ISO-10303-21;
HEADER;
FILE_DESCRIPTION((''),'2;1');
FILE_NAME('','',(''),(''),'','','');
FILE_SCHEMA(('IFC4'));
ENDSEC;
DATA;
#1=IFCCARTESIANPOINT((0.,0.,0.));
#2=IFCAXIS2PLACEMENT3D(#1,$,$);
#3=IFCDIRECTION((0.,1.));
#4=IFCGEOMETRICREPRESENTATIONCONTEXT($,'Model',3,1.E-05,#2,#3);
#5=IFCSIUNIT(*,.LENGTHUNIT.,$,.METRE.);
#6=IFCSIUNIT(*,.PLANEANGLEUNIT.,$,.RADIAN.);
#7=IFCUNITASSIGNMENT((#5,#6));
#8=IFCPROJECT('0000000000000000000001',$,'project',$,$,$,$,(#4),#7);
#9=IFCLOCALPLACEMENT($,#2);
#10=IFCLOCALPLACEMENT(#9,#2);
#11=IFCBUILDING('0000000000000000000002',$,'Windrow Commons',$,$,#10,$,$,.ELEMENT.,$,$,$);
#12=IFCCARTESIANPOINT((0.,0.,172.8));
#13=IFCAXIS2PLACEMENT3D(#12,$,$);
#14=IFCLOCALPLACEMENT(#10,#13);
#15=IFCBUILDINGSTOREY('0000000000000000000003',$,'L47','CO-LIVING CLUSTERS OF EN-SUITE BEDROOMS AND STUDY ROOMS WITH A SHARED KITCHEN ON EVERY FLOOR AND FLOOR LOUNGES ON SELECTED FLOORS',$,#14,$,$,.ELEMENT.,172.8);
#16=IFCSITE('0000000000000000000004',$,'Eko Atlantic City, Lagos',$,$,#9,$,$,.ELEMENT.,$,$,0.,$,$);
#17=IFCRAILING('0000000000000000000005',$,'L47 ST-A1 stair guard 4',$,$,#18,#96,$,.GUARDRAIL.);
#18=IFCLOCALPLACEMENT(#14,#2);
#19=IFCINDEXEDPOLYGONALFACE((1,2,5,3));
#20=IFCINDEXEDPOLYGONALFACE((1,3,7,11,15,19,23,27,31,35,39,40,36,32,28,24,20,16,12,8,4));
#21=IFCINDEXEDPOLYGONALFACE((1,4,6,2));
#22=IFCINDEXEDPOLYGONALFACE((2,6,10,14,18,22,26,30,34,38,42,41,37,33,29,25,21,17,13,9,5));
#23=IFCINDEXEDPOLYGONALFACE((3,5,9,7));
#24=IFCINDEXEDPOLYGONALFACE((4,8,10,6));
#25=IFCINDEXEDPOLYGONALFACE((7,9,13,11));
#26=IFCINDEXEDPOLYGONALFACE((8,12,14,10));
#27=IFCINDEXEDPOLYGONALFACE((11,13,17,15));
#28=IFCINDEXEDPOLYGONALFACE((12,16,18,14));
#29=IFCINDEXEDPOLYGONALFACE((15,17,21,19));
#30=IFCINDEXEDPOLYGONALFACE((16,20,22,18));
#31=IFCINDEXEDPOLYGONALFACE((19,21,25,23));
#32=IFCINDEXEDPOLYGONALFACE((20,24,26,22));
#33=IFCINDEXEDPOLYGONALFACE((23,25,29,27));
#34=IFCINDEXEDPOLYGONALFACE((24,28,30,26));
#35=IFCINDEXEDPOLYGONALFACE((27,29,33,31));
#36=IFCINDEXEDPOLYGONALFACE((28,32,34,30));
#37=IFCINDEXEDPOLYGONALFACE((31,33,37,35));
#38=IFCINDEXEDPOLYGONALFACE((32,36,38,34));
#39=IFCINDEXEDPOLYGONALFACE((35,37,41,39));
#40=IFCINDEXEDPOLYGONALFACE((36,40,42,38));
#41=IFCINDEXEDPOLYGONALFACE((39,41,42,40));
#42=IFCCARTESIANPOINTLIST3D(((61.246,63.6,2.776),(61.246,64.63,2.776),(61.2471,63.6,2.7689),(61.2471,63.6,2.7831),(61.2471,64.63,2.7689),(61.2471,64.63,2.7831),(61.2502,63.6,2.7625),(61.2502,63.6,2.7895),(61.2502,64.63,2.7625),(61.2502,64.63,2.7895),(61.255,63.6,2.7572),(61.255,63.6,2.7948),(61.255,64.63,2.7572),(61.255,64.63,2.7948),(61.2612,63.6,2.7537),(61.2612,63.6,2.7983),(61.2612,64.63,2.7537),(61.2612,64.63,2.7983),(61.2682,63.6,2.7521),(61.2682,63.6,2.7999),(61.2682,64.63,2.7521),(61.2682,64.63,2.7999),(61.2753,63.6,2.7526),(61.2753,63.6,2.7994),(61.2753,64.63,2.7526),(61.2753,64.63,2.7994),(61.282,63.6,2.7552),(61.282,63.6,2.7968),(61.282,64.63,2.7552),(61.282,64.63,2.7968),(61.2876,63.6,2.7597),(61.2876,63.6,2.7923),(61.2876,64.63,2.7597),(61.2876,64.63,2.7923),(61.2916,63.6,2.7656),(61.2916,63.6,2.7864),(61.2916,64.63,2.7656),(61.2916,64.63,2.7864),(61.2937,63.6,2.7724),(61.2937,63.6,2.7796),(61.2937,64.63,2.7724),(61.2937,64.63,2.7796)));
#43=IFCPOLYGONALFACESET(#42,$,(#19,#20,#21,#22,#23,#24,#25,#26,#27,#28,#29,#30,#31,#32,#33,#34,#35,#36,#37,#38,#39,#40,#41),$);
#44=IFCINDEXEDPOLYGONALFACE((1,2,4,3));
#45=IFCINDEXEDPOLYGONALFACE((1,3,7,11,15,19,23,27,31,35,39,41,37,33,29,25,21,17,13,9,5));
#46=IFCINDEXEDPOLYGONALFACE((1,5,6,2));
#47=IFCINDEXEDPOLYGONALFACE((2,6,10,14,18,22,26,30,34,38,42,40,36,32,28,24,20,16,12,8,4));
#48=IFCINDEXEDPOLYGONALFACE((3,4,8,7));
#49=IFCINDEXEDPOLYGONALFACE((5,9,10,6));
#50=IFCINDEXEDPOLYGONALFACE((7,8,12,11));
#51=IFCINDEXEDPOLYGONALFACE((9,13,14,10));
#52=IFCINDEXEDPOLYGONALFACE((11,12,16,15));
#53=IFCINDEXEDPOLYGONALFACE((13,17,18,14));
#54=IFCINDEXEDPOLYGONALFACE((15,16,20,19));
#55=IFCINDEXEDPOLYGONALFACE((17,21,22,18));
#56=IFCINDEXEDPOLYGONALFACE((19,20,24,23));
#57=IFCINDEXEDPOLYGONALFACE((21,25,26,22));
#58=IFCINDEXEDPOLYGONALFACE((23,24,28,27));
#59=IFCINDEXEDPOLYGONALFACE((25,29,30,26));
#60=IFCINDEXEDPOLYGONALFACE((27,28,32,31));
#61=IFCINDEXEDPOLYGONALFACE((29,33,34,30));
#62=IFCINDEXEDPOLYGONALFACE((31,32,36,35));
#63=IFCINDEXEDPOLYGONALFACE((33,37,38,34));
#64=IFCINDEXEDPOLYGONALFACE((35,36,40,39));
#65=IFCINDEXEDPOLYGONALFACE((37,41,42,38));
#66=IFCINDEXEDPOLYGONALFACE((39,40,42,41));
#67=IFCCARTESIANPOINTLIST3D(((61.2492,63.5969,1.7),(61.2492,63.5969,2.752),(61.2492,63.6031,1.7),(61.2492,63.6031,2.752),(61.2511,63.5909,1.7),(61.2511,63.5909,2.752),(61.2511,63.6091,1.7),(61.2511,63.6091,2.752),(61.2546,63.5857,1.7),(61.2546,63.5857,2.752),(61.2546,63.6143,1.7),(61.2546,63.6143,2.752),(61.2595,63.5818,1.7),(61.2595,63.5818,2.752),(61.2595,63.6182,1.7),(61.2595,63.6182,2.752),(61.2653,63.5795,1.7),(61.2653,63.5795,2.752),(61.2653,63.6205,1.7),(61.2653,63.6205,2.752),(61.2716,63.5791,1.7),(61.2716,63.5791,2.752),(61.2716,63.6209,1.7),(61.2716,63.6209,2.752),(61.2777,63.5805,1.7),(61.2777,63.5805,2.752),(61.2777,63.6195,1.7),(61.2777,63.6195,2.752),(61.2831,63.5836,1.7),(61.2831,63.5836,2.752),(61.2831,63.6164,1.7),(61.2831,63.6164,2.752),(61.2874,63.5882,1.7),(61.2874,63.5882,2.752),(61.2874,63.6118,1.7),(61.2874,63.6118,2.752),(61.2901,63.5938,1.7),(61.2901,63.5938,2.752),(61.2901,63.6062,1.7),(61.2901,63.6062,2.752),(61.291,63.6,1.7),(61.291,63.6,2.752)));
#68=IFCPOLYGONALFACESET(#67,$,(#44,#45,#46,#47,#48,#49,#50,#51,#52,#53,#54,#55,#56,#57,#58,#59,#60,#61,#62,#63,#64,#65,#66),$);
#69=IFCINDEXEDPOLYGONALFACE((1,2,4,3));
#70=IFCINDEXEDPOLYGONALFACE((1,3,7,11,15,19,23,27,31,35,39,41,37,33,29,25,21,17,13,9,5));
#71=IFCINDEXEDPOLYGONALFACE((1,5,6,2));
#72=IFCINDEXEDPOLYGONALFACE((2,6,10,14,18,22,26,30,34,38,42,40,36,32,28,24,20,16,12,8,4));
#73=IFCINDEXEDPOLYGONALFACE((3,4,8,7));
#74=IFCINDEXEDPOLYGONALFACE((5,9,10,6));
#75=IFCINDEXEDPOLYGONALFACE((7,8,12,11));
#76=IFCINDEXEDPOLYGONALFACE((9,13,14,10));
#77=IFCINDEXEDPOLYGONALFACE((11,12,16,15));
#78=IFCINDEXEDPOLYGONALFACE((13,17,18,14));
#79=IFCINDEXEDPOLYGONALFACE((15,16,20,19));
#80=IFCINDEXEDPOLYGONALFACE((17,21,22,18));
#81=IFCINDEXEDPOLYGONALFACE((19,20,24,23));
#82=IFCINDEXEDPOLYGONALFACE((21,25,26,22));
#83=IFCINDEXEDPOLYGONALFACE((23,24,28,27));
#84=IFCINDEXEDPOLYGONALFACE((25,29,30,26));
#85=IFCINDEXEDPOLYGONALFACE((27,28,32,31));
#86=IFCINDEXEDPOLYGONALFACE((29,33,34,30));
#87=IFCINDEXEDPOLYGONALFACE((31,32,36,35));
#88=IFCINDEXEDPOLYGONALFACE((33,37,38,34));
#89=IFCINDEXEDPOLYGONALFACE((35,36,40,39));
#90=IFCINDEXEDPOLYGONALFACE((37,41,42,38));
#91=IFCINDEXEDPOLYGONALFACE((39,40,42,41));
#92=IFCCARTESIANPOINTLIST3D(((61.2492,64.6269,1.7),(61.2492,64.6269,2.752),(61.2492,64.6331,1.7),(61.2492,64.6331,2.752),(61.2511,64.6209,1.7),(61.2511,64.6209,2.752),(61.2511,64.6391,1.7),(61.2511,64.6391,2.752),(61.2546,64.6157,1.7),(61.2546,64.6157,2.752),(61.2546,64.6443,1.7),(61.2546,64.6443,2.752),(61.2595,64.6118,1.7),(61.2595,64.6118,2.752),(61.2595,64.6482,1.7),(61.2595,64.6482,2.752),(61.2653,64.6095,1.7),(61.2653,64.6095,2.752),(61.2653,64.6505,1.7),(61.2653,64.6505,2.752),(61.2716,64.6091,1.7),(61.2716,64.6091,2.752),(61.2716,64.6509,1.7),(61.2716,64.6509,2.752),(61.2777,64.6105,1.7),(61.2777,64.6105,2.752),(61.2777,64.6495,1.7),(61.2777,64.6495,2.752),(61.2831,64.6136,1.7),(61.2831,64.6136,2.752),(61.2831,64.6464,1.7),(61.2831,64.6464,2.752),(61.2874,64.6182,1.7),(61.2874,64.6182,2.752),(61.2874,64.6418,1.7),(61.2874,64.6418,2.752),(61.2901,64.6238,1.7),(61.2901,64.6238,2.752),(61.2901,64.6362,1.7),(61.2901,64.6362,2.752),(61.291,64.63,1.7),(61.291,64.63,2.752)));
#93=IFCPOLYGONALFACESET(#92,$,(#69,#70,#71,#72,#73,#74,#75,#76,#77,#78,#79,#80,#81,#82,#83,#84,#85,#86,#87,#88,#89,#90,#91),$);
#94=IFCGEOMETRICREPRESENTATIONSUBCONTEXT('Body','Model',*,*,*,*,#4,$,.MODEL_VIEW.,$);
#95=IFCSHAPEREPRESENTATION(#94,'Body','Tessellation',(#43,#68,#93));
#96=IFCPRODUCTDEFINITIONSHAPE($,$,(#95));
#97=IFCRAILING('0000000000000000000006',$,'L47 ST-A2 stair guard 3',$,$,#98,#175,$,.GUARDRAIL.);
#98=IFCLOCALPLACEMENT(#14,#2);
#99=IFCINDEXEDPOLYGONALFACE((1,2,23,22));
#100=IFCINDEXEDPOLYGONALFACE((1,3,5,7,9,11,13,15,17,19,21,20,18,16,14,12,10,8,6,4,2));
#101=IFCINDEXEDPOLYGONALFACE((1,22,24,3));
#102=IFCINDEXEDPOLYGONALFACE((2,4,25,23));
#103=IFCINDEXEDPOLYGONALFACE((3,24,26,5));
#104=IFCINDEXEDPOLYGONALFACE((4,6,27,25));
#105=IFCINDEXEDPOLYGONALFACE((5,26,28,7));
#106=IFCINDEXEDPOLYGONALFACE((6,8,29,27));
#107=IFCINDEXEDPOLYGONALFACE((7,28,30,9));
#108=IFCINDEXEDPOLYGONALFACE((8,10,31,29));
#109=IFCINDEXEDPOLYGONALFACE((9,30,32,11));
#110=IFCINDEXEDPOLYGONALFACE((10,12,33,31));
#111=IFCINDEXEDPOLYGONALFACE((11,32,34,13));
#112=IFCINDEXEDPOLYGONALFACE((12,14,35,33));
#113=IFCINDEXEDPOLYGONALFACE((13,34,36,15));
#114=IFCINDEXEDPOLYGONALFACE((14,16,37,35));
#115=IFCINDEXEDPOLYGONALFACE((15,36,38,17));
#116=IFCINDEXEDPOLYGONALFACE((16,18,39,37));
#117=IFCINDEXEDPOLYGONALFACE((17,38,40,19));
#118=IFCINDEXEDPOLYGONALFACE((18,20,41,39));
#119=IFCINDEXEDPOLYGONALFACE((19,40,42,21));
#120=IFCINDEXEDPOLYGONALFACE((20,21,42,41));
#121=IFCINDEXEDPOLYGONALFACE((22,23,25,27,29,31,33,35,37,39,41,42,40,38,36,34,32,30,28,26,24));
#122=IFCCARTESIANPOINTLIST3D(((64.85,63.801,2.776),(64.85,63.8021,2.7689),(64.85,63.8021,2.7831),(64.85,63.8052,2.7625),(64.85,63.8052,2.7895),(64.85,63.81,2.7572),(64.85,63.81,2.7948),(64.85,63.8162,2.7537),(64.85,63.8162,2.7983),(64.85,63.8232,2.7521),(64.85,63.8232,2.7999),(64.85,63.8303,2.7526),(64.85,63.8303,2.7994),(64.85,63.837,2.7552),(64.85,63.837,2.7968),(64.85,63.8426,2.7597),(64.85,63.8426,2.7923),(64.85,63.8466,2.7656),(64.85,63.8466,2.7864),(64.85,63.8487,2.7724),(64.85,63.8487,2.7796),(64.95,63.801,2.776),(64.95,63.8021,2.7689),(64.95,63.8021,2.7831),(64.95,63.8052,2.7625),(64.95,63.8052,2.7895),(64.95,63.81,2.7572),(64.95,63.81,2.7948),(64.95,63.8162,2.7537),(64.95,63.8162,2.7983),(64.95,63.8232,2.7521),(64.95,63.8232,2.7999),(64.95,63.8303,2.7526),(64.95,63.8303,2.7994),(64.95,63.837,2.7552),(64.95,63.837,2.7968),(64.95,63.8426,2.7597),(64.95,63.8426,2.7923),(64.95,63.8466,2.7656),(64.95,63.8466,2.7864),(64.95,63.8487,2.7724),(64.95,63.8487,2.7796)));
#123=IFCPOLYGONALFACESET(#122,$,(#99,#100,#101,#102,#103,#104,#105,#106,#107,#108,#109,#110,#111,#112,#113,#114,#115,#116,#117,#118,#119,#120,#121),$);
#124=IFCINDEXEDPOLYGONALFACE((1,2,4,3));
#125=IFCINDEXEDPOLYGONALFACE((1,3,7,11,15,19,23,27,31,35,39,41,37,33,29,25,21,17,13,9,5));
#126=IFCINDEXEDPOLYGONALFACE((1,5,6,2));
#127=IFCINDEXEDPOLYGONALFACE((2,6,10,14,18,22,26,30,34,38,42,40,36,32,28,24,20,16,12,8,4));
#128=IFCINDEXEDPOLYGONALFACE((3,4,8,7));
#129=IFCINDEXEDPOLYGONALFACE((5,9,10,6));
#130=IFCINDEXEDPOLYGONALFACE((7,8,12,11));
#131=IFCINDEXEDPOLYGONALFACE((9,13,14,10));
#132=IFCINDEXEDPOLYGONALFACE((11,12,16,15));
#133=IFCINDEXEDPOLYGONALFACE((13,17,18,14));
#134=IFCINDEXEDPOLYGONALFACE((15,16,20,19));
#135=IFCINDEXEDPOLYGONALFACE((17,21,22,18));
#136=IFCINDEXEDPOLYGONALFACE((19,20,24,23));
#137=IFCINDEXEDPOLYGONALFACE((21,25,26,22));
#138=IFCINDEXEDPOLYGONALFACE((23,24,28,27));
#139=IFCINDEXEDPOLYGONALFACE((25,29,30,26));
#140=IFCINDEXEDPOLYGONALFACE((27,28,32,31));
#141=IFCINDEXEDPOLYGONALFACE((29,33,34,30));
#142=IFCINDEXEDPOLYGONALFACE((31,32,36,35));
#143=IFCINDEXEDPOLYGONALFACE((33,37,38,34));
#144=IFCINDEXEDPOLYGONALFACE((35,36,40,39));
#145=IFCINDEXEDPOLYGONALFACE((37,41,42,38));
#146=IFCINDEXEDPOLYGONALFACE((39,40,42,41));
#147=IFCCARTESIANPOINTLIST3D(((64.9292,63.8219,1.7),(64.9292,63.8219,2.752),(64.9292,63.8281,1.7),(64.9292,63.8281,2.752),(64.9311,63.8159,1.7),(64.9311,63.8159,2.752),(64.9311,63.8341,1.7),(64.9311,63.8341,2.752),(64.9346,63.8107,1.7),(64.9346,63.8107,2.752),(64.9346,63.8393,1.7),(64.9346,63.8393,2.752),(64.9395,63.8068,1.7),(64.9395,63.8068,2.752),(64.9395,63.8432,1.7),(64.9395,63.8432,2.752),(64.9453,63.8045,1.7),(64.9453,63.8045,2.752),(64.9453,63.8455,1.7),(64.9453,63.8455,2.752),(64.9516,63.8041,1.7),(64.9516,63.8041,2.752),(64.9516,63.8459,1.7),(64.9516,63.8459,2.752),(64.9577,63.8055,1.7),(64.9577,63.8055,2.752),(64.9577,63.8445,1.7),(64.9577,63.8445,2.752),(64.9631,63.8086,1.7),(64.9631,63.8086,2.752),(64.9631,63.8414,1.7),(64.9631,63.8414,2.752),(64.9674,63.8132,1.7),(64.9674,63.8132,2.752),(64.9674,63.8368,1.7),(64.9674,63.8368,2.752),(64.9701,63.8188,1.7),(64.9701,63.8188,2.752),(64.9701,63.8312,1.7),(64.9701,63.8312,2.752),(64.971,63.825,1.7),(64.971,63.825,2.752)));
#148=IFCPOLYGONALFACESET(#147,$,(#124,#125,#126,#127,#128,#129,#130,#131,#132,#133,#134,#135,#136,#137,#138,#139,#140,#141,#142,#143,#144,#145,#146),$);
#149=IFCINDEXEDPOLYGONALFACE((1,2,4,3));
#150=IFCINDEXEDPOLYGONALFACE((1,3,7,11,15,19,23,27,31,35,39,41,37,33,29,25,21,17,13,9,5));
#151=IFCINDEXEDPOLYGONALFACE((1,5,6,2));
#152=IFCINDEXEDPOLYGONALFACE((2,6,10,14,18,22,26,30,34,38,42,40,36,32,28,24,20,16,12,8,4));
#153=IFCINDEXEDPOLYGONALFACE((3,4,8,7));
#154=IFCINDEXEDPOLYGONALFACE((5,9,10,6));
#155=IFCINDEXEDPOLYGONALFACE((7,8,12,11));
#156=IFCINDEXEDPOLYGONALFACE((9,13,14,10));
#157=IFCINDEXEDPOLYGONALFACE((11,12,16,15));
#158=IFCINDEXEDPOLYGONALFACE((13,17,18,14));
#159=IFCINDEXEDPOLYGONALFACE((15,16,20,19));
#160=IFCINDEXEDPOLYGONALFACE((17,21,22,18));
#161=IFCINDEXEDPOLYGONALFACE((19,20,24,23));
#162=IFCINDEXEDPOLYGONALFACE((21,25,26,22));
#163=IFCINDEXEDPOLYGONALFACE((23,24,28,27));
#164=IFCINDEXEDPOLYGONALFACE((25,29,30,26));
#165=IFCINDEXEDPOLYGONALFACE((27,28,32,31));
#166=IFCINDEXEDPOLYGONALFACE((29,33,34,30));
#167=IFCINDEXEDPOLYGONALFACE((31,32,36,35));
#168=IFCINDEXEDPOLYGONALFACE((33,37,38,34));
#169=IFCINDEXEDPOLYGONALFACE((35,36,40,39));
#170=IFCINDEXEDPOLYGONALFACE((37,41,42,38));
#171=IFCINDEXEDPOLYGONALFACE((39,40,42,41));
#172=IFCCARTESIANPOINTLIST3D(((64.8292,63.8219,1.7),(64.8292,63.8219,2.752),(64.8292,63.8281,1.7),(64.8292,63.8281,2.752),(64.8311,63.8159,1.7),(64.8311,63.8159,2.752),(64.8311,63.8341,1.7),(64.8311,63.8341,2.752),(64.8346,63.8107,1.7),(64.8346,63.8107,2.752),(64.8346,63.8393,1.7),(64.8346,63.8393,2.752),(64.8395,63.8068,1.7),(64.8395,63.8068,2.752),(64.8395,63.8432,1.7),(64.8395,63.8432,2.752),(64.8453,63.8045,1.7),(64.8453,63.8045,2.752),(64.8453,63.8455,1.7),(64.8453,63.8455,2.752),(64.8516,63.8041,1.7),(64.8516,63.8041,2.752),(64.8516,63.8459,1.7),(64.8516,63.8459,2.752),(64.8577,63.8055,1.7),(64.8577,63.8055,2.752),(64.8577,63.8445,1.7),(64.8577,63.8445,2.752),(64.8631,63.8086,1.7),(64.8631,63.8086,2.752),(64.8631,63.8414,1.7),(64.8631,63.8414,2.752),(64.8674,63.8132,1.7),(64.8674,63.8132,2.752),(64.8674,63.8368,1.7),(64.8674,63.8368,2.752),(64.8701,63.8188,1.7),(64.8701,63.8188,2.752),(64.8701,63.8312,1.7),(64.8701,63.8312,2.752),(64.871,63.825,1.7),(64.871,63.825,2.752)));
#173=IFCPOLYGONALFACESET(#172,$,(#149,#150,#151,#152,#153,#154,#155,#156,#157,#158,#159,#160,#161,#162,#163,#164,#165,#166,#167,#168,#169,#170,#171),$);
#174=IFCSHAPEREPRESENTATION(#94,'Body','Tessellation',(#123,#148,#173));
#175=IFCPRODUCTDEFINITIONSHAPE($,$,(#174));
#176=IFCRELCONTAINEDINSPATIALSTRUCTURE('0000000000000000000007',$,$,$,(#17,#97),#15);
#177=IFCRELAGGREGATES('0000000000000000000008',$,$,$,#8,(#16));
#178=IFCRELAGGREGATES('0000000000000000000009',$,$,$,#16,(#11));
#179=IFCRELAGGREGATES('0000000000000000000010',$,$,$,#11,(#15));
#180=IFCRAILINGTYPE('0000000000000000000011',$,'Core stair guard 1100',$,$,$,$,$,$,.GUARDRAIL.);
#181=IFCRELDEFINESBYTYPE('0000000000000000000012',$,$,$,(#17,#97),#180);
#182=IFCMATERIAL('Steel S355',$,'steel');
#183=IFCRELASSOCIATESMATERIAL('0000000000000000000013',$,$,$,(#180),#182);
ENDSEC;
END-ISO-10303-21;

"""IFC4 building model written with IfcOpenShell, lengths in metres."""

from ifc_helpers import new_model, si_unit, direction, frame, origin, origin_2d, place, context, subcontext, project, spatial, circle, extrude, material, type_object, element, save


model = new_model("IFC4")

# Units and contexts
model_context = context("Model", 3, precision=1e-05, world=origin(), true_north=direction((0.0, 1.0)))
body_context = subcontext(model_context, "Body", "Model", "MODEL_VIEW")
ifc_project = project(units=[si_unit("LENGTHUNIT", "METRE"), si_unit("PLANEANGLEUNIT", "RADIAN")], contexts=[model_context])

# Site, building, storey
site_placement = place(None, origin())
site = spatial("IfcSite", under=ifc_project, at=site_placement, Name="Eko Atlantic City, Lagos", CompositionType="ELEMENT", RefElevation=0.0)
building_placement = place(site_placement, origin())
building = spatial("IfcBuilding", under=site, at=building_placement, Name="Windrow Commons", CompositionType="ELEMENT")
storey_placement = place(building_placement, frame((0.0, 0.0, 172.8)))
storey = spatial("IfcBuildingStorey", under=building, at=storey_placement, Name="L47", Description="CO-LIVING CLUSTERS OF EN-SUITE BEDROOMS AND STUDY ROOMS WITH A SHARED KITCHEN ON EVERY FLOOR AND FLOOR LOUNGES ON SELECTED FLOORS", CompositionType="ELEMENT", Elevation=172.8)

# Railings
ifc_material_1 = material(Name="Steel S355", Category="steel")
railing_type_1 = type_object("IfcRailingType", Name="Core stair guard 1100", PredefinedType="GUARDRAIL", material=ifc_material_1)
for number, where, name in (
    (1, (61.27, 63.6, 1.7), "L47 ST-A1 stair guard 4"),
):
    element("IfcRailing", number, at=place(storey_placement, frame(where)), inside=storey, type_object=railing_type_1, Name=name, PredefinedType="GUARDRAIL", context=body_context, shape_type="SweptSolid", body=[
        extrude(circle(Radius=0.024, at=origin_2d()), frame((0.0, 0.0, 1.076), z_axis=(0.0, 1.0, 0.0), x_axis=(-1.0, 0.0, 0.0)), (0.0, 0.0, 1.0), 1.03),
        extrude(circle(Radius=0.021, at=origin_2d()), origin(), (0.0, 0.0, 1.0), 1.052),
        extrude(circle(Radius=0.021, at=origin_2d()), frame((0.0, 1.03, 0.0)), (0.0, 0.0, 1.0), 1.052),
    ])
railing_placement = place(storey_placement, frame((64.95, 63.825, 1.7)))
element("IfcRailing", 2, at=railing_placement, inside=storey, type_object=railing_type_1, Name="L47 ST-A2 stair guard 3", PredefinedType="GUARDRAIL", context=body_context, shape_type="SweptSolid", body=[
    extrude(circle(Radius=0.024, at=origin_2d()), frame((0.0, 0.0, 1.076), z_axis=(-1.0, 0.0, 0.0), x_axis=(0.0, -1.0, 0.0)), (0.0, 0.0, 1.0), 0.1),
    extrude(circle(Radius=0.021, at=origin_2d()), origin(), (0.0, 0.0, 1.0), 1.052),
    extrude(circle(Radius=0.021, at=origin_2d()), frame((-0.1, 0.0, 0.0)), (0.0, 0.0, 1.0), 1.052),
])

save(model, "model.ifc")
